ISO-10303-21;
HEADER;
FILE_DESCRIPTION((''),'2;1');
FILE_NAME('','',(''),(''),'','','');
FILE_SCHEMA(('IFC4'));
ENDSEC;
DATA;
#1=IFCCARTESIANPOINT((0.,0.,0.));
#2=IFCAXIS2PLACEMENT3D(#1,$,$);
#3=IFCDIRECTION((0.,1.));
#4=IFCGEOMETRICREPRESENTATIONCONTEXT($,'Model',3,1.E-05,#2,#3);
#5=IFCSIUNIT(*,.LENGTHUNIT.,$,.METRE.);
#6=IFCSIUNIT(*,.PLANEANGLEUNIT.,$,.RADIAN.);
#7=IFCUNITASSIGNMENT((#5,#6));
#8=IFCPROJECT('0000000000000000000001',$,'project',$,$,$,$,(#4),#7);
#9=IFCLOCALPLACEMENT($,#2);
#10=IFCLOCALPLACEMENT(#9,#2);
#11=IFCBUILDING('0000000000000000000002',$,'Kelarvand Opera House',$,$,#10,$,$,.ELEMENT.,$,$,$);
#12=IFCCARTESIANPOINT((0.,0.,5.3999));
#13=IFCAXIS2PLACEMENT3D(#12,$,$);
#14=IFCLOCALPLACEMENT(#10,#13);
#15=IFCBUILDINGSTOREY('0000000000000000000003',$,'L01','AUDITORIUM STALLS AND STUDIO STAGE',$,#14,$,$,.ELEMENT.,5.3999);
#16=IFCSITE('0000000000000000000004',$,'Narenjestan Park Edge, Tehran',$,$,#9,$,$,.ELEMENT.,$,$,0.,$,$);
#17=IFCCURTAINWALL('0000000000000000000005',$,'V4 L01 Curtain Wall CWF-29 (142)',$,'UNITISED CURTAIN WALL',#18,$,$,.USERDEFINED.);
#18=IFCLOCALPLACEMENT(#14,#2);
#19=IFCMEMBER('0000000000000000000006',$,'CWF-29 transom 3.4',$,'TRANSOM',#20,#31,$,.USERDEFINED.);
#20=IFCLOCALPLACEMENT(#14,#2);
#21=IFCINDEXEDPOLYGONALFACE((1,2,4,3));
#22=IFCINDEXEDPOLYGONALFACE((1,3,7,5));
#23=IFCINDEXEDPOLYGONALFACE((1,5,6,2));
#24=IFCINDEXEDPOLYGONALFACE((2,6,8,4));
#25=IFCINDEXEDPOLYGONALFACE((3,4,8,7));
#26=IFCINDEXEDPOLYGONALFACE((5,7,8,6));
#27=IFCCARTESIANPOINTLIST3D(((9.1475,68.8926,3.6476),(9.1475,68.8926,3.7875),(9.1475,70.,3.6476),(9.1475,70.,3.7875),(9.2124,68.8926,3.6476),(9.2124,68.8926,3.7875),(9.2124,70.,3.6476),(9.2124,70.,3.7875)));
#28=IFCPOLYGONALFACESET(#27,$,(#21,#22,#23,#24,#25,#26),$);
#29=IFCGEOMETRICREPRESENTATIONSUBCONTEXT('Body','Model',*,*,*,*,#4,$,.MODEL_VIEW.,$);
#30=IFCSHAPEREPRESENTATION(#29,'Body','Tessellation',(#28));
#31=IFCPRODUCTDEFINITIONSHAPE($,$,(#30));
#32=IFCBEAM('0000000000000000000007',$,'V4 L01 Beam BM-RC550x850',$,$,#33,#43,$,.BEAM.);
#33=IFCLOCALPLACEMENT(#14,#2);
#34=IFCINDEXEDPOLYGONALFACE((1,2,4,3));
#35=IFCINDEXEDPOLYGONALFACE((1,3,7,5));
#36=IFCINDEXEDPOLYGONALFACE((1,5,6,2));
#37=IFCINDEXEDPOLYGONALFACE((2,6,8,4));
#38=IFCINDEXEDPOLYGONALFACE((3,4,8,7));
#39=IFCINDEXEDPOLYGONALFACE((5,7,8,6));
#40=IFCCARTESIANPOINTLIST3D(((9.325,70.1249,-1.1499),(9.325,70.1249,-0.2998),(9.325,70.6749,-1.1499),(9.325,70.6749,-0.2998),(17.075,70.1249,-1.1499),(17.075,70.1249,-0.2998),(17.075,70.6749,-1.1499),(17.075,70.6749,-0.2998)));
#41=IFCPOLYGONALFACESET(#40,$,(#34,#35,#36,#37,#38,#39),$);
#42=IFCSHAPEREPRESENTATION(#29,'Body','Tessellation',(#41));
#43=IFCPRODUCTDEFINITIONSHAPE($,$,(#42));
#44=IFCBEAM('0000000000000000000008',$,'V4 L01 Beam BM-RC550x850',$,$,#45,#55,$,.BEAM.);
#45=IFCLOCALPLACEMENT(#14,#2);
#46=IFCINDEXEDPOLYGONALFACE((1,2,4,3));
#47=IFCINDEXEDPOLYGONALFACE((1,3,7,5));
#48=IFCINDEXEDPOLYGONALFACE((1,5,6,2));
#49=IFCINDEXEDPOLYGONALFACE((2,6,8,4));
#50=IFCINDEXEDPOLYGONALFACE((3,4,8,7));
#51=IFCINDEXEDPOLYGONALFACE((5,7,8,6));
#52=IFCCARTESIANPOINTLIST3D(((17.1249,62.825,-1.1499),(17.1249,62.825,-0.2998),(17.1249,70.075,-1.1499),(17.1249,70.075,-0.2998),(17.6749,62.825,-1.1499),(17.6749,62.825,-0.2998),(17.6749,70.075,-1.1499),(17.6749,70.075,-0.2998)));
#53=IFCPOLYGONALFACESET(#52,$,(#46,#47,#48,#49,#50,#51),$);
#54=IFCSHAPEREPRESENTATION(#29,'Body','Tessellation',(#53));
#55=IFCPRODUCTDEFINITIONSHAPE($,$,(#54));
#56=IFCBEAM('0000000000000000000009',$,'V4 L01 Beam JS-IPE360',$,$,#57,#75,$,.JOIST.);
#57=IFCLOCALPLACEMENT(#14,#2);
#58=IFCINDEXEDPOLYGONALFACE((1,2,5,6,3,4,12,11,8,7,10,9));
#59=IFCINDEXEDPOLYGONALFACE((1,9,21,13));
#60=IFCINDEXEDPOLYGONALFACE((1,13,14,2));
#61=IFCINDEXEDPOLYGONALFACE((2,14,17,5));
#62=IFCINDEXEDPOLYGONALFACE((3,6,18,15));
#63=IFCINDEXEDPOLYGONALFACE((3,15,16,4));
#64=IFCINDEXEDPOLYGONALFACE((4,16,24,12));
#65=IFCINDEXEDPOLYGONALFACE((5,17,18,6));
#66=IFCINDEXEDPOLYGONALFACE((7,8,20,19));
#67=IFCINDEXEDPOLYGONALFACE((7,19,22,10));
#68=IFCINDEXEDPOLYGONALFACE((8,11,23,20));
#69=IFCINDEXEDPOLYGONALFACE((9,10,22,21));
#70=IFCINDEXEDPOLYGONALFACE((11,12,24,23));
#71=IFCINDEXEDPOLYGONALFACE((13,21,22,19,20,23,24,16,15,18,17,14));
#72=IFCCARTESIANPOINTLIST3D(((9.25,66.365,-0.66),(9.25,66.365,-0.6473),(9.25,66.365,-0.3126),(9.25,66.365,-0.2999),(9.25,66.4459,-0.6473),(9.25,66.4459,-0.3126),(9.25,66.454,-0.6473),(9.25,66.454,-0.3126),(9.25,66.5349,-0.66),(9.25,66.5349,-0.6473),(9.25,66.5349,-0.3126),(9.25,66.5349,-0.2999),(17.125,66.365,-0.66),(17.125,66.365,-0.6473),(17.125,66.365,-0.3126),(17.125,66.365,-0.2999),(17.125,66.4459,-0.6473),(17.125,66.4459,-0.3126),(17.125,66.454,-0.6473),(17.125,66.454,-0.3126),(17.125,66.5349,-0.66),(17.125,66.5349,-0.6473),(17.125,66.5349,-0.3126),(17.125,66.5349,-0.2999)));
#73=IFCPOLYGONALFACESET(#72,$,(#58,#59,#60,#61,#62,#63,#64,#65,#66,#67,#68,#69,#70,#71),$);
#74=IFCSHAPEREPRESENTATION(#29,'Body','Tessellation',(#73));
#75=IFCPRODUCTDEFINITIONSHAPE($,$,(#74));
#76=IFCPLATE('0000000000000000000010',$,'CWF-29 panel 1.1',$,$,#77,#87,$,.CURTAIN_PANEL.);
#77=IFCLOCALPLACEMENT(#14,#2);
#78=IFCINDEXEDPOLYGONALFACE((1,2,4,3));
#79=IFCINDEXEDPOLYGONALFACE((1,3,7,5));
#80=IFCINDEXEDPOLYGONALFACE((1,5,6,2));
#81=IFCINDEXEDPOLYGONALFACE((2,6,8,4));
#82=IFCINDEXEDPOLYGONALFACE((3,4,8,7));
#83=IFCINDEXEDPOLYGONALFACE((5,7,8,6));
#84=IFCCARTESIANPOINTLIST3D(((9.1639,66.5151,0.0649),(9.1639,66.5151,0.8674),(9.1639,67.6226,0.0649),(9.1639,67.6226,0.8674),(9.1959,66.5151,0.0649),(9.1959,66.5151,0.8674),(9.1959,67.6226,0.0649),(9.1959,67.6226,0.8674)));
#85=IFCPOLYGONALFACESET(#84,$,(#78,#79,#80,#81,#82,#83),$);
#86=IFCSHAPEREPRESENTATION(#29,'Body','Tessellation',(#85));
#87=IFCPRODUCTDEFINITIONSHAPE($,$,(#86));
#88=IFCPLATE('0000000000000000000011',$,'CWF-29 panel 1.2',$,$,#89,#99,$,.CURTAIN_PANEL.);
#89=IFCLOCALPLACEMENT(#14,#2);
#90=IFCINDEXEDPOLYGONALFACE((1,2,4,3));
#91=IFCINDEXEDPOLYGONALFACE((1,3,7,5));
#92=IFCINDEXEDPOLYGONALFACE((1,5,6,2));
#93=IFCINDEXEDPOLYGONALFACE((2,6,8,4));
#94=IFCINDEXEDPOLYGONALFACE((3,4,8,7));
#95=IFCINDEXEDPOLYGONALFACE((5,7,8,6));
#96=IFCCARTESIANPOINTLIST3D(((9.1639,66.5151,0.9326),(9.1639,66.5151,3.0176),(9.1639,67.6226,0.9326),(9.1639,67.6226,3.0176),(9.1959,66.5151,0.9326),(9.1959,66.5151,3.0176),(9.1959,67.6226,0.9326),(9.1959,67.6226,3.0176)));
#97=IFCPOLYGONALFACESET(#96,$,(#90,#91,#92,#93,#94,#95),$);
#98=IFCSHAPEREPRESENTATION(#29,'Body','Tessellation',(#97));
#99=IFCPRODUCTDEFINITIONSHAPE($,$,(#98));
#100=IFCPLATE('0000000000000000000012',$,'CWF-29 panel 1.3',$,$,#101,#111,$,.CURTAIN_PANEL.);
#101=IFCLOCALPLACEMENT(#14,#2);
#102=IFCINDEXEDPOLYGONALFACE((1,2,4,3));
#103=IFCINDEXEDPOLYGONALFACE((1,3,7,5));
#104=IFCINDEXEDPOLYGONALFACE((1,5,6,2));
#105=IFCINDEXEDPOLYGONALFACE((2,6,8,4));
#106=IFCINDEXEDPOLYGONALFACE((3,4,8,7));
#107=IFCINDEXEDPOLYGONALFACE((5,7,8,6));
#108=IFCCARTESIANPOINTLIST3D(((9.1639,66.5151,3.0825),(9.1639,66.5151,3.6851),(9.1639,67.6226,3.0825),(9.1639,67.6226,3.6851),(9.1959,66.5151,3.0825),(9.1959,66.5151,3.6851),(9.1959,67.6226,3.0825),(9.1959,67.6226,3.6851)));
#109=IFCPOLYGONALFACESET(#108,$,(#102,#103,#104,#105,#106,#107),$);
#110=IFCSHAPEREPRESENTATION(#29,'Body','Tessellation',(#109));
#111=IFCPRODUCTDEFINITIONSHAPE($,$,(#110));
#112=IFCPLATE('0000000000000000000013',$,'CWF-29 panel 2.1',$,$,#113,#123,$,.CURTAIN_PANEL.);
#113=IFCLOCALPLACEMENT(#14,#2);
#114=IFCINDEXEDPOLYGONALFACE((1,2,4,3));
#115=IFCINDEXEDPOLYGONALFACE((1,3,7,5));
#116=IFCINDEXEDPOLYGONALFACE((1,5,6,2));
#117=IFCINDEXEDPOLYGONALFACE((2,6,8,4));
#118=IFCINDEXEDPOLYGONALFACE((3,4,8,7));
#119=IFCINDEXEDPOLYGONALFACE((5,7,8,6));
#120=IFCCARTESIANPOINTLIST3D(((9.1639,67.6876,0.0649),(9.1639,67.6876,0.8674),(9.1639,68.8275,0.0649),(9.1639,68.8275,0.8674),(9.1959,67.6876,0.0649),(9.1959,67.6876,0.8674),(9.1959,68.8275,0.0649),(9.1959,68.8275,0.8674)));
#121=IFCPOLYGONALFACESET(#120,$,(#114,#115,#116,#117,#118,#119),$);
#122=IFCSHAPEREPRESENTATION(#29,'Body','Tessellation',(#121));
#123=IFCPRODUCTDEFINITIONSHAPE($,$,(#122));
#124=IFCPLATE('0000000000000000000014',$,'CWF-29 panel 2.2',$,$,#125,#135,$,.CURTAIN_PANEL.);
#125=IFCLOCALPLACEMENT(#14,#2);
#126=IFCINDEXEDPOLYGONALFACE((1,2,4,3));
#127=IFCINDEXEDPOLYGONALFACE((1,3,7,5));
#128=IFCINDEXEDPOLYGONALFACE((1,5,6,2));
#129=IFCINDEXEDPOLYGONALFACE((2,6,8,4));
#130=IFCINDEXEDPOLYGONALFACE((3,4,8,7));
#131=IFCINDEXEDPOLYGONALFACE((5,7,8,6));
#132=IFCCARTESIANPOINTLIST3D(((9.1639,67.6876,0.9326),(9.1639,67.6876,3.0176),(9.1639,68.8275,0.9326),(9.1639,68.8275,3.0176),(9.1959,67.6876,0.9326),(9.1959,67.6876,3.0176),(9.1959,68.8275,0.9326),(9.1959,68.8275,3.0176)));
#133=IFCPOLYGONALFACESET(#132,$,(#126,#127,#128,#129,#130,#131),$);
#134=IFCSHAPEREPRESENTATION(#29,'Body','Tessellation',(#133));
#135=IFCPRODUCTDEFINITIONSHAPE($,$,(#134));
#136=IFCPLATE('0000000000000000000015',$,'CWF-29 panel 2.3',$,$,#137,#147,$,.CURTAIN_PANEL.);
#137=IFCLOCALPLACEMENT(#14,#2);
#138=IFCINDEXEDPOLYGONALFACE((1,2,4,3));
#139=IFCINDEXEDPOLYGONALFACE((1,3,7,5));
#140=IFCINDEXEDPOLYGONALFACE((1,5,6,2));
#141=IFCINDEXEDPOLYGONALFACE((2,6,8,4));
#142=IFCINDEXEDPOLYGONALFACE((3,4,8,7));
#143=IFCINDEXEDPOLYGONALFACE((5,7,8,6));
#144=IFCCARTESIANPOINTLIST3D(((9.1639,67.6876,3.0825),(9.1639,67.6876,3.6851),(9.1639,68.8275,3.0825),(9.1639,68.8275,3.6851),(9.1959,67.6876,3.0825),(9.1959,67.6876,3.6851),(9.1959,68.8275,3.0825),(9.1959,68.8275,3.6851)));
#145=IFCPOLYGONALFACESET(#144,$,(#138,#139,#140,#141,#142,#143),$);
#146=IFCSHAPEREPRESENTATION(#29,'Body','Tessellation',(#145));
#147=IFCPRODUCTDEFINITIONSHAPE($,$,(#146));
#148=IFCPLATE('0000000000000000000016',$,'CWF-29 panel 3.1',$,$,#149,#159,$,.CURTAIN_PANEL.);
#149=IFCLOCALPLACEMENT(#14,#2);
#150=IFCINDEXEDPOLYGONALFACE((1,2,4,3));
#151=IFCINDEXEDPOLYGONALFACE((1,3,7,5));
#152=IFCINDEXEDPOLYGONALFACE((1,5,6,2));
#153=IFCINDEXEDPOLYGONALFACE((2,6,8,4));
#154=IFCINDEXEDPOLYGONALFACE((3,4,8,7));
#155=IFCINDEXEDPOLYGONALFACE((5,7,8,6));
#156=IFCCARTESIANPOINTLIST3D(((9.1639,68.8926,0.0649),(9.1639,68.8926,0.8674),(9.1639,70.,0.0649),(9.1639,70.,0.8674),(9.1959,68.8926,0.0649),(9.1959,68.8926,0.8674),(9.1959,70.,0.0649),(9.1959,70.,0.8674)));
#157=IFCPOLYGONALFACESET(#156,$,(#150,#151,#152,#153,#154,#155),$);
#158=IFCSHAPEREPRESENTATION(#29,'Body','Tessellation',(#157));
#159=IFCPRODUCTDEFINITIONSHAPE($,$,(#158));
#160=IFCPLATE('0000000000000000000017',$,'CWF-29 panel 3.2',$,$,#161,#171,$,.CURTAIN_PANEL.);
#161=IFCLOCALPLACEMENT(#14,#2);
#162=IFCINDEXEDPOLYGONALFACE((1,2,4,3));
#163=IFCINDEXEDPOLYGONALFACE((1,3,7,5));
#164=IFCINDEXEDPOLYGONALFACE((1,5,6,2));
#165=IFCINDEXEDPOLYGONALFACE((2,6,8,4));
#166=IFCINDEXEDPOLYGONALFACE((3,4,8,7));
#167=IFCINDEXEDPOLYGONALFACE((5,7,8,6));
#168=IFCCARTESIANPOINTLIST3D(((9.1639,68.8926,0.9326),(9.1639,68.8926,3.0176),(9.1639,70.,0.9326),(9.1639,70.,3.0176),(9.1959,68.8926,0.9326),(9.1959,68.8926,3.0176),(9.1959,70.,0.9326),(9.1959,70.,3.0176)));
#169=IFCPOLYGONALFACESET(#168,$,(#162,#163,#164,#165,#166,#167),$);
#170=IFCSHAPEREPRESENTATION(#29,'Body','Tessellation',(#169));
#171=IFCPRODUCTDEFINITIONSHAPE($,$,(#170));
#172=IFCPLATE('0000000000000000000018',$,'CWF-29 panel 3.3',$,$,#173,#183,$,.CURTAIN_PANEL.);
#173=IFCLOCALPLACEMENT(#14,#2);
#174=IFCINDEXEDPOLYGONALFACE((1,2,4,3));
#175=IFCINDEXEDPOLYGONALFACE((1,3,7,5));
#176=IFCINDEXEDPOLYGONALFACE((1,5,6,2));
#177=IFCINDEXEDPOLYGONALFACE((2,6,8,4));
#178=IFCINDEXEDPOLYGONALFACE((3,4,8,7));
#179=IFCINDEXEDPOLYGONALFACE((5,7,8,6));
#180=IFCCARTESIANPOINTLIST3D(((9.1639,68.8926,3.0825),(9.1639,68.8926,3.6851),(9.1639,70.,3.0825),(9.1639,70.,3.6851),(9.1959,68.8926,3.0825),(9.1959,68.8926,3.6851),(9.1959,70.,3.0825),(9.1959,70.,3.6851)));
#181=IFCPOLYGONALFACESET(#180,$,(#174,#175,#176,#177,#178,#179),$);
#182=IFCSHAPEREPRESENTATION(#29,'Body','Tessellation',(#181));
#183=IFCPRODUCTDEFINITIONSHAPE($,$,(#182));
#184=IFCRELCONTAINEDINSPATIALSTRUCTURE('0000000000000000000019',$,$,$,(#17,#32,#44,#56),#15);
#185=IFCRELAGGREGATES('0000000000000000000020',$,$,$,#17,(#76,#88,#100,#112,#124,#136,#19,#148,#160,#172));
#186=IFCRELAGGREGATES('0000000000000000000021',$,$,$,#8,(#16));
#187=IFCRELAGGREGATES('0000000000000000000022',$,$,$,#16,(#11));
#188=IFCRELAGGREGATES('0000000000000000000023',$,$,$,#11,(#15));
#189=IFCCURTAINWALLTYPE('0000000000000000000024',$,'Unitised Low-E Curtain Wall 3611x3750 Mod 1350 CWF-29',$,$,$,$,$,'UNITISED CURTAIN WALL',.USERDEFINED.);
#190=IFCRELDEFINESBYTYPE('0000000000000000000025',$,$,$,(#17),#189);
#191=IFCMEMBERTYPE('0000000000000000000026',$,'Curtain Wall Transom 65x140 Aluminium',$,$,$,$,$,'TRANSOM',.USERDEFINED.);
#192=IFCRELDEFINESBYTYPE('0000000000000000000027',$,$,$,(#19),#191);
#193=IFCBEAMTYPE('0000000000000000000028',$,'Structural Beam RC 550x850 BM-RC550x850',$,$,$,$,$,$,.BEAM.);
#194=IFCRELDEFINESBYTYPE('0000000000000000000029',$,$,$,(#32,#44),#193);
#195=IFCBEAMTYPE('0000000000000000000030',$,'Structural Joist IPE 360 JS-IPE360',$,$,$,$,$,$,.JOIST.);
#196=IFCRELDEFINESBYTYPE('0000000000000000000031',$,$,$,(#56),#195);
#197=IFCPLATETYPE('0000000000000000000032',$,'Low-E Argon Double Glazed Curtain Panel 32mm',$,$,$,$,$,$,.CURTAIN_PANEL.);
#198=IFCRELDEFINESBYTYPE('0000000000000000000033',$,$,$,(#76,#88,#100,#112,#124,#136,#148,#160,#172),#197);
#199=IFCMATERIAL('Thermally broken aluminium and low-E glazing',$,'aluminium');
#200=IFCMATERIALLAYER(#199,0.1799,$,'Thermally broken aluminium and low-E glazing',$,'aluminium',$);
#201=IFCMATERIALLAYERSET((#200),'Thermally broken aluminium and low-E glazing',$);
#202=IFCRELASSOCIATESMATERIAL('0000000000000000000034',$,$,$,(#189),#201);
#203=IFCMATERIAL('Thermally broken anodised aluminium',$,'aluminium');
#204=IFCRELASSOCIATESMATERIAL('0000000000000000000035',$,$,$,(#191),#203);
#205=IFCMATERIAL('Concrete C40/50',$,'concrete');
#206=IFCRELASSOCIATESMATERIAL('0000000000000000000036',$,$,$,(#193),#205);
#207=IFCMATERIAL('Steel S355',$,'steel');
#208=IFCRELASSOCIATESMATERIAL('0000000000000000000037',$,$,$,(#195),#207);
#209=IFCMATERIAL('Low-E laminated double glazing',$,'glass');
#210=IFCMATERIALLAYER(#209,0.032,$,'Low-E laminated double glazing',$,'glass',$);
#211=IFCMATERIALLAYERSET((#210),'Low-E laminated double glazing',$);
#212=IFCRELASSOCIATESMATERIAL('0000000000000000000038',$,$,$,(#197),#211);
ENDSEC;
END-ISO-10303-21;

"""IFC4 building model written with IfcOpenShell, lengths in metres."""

from ifc_helpers import new_model, si_unit, direction, frame, origin, origin_2d, place, context, subcontext, project, spatial, rectangle, i_section, extrude, material, layer, layer_set, material_profile, profile_set, type_object, element, aggregate, save


model = new_model("IFC4")

# Units and contexts
model_context = context("Model", 3, precision=1e-05, world=origin(), true_north=direction((0.0, 1.0)))
body_context = subcontext(model_context, "Body", "Model", "MODEL_VIEW")
ifc_project = project(units=[si_unit("LENGTHUNIT", "METRE"), si_unit("PLANEANGLEUNIT", "RADIAN")], contexts=[model_context])

# Site, building, storey
site_placement = place(None, origin())
site = spatial("IfcSite", under=ifc_project, at=site_placement, Name="Narenjestan Park Edge, Tehran", CompositionType="ELEMENT", RefElevation=0.0)
building_placement = place(site_placement, origin())
building = spatial("IfcBuilding", under=site, at=building_placement, Name="Kelarvand Opera House", CompositionType="ELEMENT")
storey_placement = place(building_placement, frame((0.0, 0.0, 5.3999)))
storey = spatial("IfcBuildingStorey", under=building, at=storey_placement, Name="L01", Description="AUDITORIUM STALLS AND STUDIO STAGE", CompositionType="ELEMENT", Elevation=5.3999)

# Curtain wall, member
ifc_material_1 = material(Name="Thermally broken aluminium and low-E glazing", Category="aluminium")
ifc_layer_1 = layer(ifc_material_1, 0.1799, Name="Thermally broken aluminium and low-E glazing", Category="aluminium")
ifc_layer_set_1 = layer_set([ifc_layer_1], Name="Thermally broken aluminium and low-E glazing")
curtain_wall_type = type_object("IfcCurtainWallType", Name="Unitised Low-E Curtain Wall 3611x3750 Mod 1350 CWF-29", ElementType="UNITISED CURTAIN WALL", PredefinedType="USERDEFINED", material=ifc_layer_set_1)
curtain_wall_placement = place(storey_placement, origin())
curtain_wall = element("IfcCurtainWall", 1, at=curtain_wall_placement, inside=storey, type_object=curtain_wall_type, Name="V4 L01 Curtain Wall CWF-29 (142)", ObjectType="UNITISED CURTAIN WALL", PredefinedType="USERDEFINED")
ifc_material_2 = material(Name="Thermally broken anodised aluminium", Category="aluminium")
ifc_material_profile_1 = material_profile(ifc_material_2, rectangle(XDim=0.0649, YDim=0.1399, at=origin_2d()), Name="ALU TRANSOM 65x140", Category="aluminium")
ifc_profile_set_1 = profile_set([ifc_material_profile_1], Name="Thermally broken anodised aluminium")
member_type_1 = type_object("IfcMemberType", Name="Curtain Wall Transom 65x140 Aluminium", ElementType="TRANSOM", PredefinedType="USERDEFINED", material=ifc_profile_set_1)
member_1_placement = place(storey_placement, frame((9.1799, 68.8926, 3.7175), z_axis=(0.0, 1.0, 0.0), x_axis=(-1.0, 0.0, 0.0)))
member_1 = element("IfcMember", 2, at=member_1_placement, type_object=member_type_1, Name="CWF-29 transom 3.4", ObjectType="TRANSOM", PredefinedType="USERDEFINED", context=body_context, shape_type="SweptSolid", body=[
    extrude(rectangle(XDim=0.0649, YDim=0.1399, at=origin_2d()), origin(), (0.0, 0.0, 1.0), 1.1074),
])

# Beams
ifc_material_3 = material(Name="Concrete C40/50", Category="concrete")
ifc_material_profile_2 = material_profile(ifc_material_3, rectangle(XDim=0.55, YDim=0.8501, at=origin_2d()), Name="RC 550x850", Category="concrete")
ifc_profile_set_2 = profile_set([ifc_material_profile_2], Name="Concrete C40/50")
beam_type_1 = type_object("IfcBeamType", Name="Structural Beam RC 550x850 BM-RC550x850", PredefinedType="BEAM", material=ifc_profile_set_2)
beam_1_placement = place(storey_placement, frame((9.325, 70.3999, -0.7249), z_axis=(1.0, 0.0, 0.0), x_axis=(0.0, 1.0, 0.0)))
element("IfcBeam", 3, at=beam_1_placement, inside=storey, type_object=beam_type_1, Name="V4 L01 Beam BM-RC550x850", PredefinedType="BEAM", context=body_context, shape_type="SweptSolid", body=[
    extrude(rectangle(XDim=0.55, YDim=0.8501, at=origin_2d()), origin(), (0.0, 0.0, 1.0), 7.75),
])
beam_2_placement = place(storey_placement, frame((17.3999, 62.825, -0.7249), z_axis=(0.0, 1.0, 0.0), x_axis=(-1.0, 0.0, 0.0)))
element("IfcBeam", 4, at=beam_2_placement, inside=storey, type_object=beam_type_1, Name="V4 L01 Beam BM-RC550x850", PredefinedType="BEAM", context=body_context, shape_type="SweptSolid", body=[
    extrude(rectangle(XDim=0.55, YDim=0.8501, at=origin_2d()), origin(), (0.0, 0.0, 1.0), 7.25),
])
ifc_material_4 = material(Name="Steel S355", Category="steel")
ifc_material_profile_3 = material_profile(ifc_material_4, i_section(OverallWidth=0.1699, OverallDepth=0.3601, WebThickness=0.0081, FlangeThickness=0.0127, at=origin_2d()), Name="IPE 360", Category="steel")
ifc_profile_set_3 = profile_set([ifc_material_profile_3], Name="Steel S355")
beam_type_2 = type_object("IfcBeamType", Name="Structural Joist IPE 360 JS-IPE360", PredefinedType="JOIST", material=ifc_profile_set_3)
beam_3_placement = place(storey_placement, frame((9.25, 66.45, -0.48), z_axis=(1.0, 0.0, 0.0), x_axis=(0.0, 1.0, 0.0)))
element("IfcBeam", 5, at=beam_3_placement, inside=storey, type_object=beam_type_2, Name="V4 L01 Beam JS-IPE360", PredefinedType="JOIST", context=body_context, shape_type="SweptSolid", body=[
    extrude(i_section(OverallWidth=0.1699, OverallDepth=0.3601, WebThickness=0.0081, FlangeThickness=0.0127, at=origin_2d()), origin(), (0.0, 0.0, 1.0), 7.875),
])

# Plates
ifc_material_5 = material(Name="Low-E laminated double glazing", Category="glass")
ifc_layer_2 = layer(ifc_material_5, 0.032, Name="Low-E laminated double glazing", Category="glass")
ifc_layer_set_2 = layer_set([ifc_layer_2], Name="Low-E laminated double glazing")
plate_type = type_object("IfcPlateType", Name="Low-E Argon Double Glazed Curtain Panel 32mm", PredefinedType="CURTAIN_PANEL", material=ifc_layer_set_2)
plate_1_placement = place(storey_placement, frame((9.1799, 67.0688, 0.0649), z_axis=(0.0, 0.0, 1.0), x_axis=(0.0, 1.0, 0.0)))
plate_1 = element("IfcPlate", 6, at=plate_1_placement, type_object=plate_type, Name="CWF-29 panel 1.1", PredefinedType="CURTAIN_PANEL", context=body_context, shape_type="SweptSolid", body=[
    extrude(rectangle(XDim=1.1074, YDim=0.032, at=origin_2d()), origin(), (0.0, 0.0, 1.0), 0.8025),
])
plate_2_placement = place(storey_placement, frame((9.1799, 67.0688, 0.9326), z_axis=(0.0, 0.0, 1.0), x_axis=(0.0, 1.0, 0.0)))
plate_2 = element("IfcPlate", 7, at=plate_2_placement, type_object=plate_type, Name="CWF-29 panel 1.2", PredefinedType="CURTAIN_PANEL", context=body_context, shape_type="SweptSolid", body=[
    extrude(rectangle(XDim=1.1074, YDim=0.032, at=origin_2d()), origin(), (0.0, 0.0, 1.0), 2.085),
])
plate_3_placement = place(storey_placement, frame((9.1799, 67.0688, 3.0825), z_axis=(0.0, 0.0, 1.0), x_axis=(0.0, 1.0, 0.0)))
plate_3 = element("IfcPlate", 8, at=plate_3_placement, type_object=plate_type, Name="CWF-29 panel 1.3", PredefinedType="CURTAIN_PANEL", context=body_context, shape_type="SweptSolid", body=[
    extrude(rectangle(XDim=1.1074, YDim=0.032, at=origin_2d()), origin(), (0.0, 0.0, 1.0), 0.6025),
])
plate_4_placement = place(storey_placement, frame((9.1799, 68.2576, 0.0649), z_axis=(0.0, 0.0, 1.0), x_axis=(0.0, 1.0, 0.0)))
plate_4 = element("IfcPlate", 9, at=plate_4_placement, type_object=plate_type, Name="CWF-29 panel 2.1", PredefinedType="CURTAIN_PANEL", context=body_context, shape_type="SweptSolid", body=[
    extrude(rectangle(XDim=1.1399, YDim=0.032, at=origin_2d()), origin(), (0.0, 0.0, 1.0), 0.8025),
])
plate_5_placement = place(storey_placement, frame((9.1799, 68.2576, 0.9326), z_axis=(0.0, 0.0, 1.0), x_axis=(0.0, 1.0, 0.0)))
plate_5 = element("IfcPlate", 10, at=plate_5_placement, type_object=plate_type, Name="CWF-29 panel 2.2", PredefinedType="CURTAIN_PANEL", context=body_context, shape_type="SweptSolid", body=[
    extrude(rectangle(XDim=1.1399, YDim=0.032, at=origin_2d()), origin(), (0.0, 0.0, 1.0), 2.085),
])
plate_6_placement = place(storey_placement, frame((9.1799, 68.2576, 3.0825), z_axis=(0.0, 0.0, 1.0), x_axis=(0.0, 1.0, 0.0)))
plate_6 = element("IfcPlate", 11, at=plate_6_placement, type_object=plate_type, Name="CWF-29 panel 2.3", PredefinedType="CURTAIN_PANEL", context=body_context, shape_type="SweptSolid", body=[
    extrude(rectangle(XDim=1.1399, YDim=0.032, at=origin_2d()), origin(), (0.0, 0.0, 1.0), 0.6025),
])
plate_7_placement = place(storey_placement, frame((9.1799, 69.4463, 0.0649), z_axis=(0.0, 0.0, 1.0), x_axis=(0.0, 1.0, 0.0)))
plate_7 = element("IfcPlate", 12, at=plate_7_placement, type_object=plate_type, Name="CWF-29 panel 3.1", PredefinedType="CURTAIN_PANEL", context=body_context, shape_type="SweptSolid", body=[
    extrude(rectangle(XDim=1.1074, YDim=0.032, at=origin_2d()), origin(), (0.0, 0.0, 1.0), 0.8025),
])
plate_8_placement = place(storey_placement, frame((9.1799, 69.4463, 0.9326), z_axis=(0.0, 0.0, 1.0), x_axis=(0.0, 1.0, 0.0)))
plate_8 = element("IfcPlate", 13, at=plate_8_placement, type_object=plate_type, Name="CWF-29 panel 3.2", PredefinedType="CURTAIN_PANEL", context=body_context, shape_type="SweptSolid", body=[
    extrude(rectangle(XDim=1.1074, YDim=0.032, at=origin_2d()), origin(), (0.0, 0.0, 1.0), 2.085),
])
plate_9_placement = place(storey_placement, frame((9.1799, 69.4463, 3.0825), z_axis=(0.0, 0.0, 1.0), x_axis=(0.0, 1.0, 0.0)))
plate_9 = element("IfcPlate", 14, at=plate_9_placement, type_object=plate_type, Name="CWF-29 panel 3.3", PredefinedType="CURTAIN_PANEL", context=body_context, shape_type="SweptSolid", body=[
    extrude(rectangle(XDim=1.1074, YDim=0.032, at=origin_2d()), origin(), (0.0, 0.0, 1.0), 0.6025),
])
aggregate(curtain_wall, [plate_1, plate_2, plate_3, plate_4, plate_5, plate_6, member_1, plate_7, plate_8, plate_9])

save(model, "model.ifc")
